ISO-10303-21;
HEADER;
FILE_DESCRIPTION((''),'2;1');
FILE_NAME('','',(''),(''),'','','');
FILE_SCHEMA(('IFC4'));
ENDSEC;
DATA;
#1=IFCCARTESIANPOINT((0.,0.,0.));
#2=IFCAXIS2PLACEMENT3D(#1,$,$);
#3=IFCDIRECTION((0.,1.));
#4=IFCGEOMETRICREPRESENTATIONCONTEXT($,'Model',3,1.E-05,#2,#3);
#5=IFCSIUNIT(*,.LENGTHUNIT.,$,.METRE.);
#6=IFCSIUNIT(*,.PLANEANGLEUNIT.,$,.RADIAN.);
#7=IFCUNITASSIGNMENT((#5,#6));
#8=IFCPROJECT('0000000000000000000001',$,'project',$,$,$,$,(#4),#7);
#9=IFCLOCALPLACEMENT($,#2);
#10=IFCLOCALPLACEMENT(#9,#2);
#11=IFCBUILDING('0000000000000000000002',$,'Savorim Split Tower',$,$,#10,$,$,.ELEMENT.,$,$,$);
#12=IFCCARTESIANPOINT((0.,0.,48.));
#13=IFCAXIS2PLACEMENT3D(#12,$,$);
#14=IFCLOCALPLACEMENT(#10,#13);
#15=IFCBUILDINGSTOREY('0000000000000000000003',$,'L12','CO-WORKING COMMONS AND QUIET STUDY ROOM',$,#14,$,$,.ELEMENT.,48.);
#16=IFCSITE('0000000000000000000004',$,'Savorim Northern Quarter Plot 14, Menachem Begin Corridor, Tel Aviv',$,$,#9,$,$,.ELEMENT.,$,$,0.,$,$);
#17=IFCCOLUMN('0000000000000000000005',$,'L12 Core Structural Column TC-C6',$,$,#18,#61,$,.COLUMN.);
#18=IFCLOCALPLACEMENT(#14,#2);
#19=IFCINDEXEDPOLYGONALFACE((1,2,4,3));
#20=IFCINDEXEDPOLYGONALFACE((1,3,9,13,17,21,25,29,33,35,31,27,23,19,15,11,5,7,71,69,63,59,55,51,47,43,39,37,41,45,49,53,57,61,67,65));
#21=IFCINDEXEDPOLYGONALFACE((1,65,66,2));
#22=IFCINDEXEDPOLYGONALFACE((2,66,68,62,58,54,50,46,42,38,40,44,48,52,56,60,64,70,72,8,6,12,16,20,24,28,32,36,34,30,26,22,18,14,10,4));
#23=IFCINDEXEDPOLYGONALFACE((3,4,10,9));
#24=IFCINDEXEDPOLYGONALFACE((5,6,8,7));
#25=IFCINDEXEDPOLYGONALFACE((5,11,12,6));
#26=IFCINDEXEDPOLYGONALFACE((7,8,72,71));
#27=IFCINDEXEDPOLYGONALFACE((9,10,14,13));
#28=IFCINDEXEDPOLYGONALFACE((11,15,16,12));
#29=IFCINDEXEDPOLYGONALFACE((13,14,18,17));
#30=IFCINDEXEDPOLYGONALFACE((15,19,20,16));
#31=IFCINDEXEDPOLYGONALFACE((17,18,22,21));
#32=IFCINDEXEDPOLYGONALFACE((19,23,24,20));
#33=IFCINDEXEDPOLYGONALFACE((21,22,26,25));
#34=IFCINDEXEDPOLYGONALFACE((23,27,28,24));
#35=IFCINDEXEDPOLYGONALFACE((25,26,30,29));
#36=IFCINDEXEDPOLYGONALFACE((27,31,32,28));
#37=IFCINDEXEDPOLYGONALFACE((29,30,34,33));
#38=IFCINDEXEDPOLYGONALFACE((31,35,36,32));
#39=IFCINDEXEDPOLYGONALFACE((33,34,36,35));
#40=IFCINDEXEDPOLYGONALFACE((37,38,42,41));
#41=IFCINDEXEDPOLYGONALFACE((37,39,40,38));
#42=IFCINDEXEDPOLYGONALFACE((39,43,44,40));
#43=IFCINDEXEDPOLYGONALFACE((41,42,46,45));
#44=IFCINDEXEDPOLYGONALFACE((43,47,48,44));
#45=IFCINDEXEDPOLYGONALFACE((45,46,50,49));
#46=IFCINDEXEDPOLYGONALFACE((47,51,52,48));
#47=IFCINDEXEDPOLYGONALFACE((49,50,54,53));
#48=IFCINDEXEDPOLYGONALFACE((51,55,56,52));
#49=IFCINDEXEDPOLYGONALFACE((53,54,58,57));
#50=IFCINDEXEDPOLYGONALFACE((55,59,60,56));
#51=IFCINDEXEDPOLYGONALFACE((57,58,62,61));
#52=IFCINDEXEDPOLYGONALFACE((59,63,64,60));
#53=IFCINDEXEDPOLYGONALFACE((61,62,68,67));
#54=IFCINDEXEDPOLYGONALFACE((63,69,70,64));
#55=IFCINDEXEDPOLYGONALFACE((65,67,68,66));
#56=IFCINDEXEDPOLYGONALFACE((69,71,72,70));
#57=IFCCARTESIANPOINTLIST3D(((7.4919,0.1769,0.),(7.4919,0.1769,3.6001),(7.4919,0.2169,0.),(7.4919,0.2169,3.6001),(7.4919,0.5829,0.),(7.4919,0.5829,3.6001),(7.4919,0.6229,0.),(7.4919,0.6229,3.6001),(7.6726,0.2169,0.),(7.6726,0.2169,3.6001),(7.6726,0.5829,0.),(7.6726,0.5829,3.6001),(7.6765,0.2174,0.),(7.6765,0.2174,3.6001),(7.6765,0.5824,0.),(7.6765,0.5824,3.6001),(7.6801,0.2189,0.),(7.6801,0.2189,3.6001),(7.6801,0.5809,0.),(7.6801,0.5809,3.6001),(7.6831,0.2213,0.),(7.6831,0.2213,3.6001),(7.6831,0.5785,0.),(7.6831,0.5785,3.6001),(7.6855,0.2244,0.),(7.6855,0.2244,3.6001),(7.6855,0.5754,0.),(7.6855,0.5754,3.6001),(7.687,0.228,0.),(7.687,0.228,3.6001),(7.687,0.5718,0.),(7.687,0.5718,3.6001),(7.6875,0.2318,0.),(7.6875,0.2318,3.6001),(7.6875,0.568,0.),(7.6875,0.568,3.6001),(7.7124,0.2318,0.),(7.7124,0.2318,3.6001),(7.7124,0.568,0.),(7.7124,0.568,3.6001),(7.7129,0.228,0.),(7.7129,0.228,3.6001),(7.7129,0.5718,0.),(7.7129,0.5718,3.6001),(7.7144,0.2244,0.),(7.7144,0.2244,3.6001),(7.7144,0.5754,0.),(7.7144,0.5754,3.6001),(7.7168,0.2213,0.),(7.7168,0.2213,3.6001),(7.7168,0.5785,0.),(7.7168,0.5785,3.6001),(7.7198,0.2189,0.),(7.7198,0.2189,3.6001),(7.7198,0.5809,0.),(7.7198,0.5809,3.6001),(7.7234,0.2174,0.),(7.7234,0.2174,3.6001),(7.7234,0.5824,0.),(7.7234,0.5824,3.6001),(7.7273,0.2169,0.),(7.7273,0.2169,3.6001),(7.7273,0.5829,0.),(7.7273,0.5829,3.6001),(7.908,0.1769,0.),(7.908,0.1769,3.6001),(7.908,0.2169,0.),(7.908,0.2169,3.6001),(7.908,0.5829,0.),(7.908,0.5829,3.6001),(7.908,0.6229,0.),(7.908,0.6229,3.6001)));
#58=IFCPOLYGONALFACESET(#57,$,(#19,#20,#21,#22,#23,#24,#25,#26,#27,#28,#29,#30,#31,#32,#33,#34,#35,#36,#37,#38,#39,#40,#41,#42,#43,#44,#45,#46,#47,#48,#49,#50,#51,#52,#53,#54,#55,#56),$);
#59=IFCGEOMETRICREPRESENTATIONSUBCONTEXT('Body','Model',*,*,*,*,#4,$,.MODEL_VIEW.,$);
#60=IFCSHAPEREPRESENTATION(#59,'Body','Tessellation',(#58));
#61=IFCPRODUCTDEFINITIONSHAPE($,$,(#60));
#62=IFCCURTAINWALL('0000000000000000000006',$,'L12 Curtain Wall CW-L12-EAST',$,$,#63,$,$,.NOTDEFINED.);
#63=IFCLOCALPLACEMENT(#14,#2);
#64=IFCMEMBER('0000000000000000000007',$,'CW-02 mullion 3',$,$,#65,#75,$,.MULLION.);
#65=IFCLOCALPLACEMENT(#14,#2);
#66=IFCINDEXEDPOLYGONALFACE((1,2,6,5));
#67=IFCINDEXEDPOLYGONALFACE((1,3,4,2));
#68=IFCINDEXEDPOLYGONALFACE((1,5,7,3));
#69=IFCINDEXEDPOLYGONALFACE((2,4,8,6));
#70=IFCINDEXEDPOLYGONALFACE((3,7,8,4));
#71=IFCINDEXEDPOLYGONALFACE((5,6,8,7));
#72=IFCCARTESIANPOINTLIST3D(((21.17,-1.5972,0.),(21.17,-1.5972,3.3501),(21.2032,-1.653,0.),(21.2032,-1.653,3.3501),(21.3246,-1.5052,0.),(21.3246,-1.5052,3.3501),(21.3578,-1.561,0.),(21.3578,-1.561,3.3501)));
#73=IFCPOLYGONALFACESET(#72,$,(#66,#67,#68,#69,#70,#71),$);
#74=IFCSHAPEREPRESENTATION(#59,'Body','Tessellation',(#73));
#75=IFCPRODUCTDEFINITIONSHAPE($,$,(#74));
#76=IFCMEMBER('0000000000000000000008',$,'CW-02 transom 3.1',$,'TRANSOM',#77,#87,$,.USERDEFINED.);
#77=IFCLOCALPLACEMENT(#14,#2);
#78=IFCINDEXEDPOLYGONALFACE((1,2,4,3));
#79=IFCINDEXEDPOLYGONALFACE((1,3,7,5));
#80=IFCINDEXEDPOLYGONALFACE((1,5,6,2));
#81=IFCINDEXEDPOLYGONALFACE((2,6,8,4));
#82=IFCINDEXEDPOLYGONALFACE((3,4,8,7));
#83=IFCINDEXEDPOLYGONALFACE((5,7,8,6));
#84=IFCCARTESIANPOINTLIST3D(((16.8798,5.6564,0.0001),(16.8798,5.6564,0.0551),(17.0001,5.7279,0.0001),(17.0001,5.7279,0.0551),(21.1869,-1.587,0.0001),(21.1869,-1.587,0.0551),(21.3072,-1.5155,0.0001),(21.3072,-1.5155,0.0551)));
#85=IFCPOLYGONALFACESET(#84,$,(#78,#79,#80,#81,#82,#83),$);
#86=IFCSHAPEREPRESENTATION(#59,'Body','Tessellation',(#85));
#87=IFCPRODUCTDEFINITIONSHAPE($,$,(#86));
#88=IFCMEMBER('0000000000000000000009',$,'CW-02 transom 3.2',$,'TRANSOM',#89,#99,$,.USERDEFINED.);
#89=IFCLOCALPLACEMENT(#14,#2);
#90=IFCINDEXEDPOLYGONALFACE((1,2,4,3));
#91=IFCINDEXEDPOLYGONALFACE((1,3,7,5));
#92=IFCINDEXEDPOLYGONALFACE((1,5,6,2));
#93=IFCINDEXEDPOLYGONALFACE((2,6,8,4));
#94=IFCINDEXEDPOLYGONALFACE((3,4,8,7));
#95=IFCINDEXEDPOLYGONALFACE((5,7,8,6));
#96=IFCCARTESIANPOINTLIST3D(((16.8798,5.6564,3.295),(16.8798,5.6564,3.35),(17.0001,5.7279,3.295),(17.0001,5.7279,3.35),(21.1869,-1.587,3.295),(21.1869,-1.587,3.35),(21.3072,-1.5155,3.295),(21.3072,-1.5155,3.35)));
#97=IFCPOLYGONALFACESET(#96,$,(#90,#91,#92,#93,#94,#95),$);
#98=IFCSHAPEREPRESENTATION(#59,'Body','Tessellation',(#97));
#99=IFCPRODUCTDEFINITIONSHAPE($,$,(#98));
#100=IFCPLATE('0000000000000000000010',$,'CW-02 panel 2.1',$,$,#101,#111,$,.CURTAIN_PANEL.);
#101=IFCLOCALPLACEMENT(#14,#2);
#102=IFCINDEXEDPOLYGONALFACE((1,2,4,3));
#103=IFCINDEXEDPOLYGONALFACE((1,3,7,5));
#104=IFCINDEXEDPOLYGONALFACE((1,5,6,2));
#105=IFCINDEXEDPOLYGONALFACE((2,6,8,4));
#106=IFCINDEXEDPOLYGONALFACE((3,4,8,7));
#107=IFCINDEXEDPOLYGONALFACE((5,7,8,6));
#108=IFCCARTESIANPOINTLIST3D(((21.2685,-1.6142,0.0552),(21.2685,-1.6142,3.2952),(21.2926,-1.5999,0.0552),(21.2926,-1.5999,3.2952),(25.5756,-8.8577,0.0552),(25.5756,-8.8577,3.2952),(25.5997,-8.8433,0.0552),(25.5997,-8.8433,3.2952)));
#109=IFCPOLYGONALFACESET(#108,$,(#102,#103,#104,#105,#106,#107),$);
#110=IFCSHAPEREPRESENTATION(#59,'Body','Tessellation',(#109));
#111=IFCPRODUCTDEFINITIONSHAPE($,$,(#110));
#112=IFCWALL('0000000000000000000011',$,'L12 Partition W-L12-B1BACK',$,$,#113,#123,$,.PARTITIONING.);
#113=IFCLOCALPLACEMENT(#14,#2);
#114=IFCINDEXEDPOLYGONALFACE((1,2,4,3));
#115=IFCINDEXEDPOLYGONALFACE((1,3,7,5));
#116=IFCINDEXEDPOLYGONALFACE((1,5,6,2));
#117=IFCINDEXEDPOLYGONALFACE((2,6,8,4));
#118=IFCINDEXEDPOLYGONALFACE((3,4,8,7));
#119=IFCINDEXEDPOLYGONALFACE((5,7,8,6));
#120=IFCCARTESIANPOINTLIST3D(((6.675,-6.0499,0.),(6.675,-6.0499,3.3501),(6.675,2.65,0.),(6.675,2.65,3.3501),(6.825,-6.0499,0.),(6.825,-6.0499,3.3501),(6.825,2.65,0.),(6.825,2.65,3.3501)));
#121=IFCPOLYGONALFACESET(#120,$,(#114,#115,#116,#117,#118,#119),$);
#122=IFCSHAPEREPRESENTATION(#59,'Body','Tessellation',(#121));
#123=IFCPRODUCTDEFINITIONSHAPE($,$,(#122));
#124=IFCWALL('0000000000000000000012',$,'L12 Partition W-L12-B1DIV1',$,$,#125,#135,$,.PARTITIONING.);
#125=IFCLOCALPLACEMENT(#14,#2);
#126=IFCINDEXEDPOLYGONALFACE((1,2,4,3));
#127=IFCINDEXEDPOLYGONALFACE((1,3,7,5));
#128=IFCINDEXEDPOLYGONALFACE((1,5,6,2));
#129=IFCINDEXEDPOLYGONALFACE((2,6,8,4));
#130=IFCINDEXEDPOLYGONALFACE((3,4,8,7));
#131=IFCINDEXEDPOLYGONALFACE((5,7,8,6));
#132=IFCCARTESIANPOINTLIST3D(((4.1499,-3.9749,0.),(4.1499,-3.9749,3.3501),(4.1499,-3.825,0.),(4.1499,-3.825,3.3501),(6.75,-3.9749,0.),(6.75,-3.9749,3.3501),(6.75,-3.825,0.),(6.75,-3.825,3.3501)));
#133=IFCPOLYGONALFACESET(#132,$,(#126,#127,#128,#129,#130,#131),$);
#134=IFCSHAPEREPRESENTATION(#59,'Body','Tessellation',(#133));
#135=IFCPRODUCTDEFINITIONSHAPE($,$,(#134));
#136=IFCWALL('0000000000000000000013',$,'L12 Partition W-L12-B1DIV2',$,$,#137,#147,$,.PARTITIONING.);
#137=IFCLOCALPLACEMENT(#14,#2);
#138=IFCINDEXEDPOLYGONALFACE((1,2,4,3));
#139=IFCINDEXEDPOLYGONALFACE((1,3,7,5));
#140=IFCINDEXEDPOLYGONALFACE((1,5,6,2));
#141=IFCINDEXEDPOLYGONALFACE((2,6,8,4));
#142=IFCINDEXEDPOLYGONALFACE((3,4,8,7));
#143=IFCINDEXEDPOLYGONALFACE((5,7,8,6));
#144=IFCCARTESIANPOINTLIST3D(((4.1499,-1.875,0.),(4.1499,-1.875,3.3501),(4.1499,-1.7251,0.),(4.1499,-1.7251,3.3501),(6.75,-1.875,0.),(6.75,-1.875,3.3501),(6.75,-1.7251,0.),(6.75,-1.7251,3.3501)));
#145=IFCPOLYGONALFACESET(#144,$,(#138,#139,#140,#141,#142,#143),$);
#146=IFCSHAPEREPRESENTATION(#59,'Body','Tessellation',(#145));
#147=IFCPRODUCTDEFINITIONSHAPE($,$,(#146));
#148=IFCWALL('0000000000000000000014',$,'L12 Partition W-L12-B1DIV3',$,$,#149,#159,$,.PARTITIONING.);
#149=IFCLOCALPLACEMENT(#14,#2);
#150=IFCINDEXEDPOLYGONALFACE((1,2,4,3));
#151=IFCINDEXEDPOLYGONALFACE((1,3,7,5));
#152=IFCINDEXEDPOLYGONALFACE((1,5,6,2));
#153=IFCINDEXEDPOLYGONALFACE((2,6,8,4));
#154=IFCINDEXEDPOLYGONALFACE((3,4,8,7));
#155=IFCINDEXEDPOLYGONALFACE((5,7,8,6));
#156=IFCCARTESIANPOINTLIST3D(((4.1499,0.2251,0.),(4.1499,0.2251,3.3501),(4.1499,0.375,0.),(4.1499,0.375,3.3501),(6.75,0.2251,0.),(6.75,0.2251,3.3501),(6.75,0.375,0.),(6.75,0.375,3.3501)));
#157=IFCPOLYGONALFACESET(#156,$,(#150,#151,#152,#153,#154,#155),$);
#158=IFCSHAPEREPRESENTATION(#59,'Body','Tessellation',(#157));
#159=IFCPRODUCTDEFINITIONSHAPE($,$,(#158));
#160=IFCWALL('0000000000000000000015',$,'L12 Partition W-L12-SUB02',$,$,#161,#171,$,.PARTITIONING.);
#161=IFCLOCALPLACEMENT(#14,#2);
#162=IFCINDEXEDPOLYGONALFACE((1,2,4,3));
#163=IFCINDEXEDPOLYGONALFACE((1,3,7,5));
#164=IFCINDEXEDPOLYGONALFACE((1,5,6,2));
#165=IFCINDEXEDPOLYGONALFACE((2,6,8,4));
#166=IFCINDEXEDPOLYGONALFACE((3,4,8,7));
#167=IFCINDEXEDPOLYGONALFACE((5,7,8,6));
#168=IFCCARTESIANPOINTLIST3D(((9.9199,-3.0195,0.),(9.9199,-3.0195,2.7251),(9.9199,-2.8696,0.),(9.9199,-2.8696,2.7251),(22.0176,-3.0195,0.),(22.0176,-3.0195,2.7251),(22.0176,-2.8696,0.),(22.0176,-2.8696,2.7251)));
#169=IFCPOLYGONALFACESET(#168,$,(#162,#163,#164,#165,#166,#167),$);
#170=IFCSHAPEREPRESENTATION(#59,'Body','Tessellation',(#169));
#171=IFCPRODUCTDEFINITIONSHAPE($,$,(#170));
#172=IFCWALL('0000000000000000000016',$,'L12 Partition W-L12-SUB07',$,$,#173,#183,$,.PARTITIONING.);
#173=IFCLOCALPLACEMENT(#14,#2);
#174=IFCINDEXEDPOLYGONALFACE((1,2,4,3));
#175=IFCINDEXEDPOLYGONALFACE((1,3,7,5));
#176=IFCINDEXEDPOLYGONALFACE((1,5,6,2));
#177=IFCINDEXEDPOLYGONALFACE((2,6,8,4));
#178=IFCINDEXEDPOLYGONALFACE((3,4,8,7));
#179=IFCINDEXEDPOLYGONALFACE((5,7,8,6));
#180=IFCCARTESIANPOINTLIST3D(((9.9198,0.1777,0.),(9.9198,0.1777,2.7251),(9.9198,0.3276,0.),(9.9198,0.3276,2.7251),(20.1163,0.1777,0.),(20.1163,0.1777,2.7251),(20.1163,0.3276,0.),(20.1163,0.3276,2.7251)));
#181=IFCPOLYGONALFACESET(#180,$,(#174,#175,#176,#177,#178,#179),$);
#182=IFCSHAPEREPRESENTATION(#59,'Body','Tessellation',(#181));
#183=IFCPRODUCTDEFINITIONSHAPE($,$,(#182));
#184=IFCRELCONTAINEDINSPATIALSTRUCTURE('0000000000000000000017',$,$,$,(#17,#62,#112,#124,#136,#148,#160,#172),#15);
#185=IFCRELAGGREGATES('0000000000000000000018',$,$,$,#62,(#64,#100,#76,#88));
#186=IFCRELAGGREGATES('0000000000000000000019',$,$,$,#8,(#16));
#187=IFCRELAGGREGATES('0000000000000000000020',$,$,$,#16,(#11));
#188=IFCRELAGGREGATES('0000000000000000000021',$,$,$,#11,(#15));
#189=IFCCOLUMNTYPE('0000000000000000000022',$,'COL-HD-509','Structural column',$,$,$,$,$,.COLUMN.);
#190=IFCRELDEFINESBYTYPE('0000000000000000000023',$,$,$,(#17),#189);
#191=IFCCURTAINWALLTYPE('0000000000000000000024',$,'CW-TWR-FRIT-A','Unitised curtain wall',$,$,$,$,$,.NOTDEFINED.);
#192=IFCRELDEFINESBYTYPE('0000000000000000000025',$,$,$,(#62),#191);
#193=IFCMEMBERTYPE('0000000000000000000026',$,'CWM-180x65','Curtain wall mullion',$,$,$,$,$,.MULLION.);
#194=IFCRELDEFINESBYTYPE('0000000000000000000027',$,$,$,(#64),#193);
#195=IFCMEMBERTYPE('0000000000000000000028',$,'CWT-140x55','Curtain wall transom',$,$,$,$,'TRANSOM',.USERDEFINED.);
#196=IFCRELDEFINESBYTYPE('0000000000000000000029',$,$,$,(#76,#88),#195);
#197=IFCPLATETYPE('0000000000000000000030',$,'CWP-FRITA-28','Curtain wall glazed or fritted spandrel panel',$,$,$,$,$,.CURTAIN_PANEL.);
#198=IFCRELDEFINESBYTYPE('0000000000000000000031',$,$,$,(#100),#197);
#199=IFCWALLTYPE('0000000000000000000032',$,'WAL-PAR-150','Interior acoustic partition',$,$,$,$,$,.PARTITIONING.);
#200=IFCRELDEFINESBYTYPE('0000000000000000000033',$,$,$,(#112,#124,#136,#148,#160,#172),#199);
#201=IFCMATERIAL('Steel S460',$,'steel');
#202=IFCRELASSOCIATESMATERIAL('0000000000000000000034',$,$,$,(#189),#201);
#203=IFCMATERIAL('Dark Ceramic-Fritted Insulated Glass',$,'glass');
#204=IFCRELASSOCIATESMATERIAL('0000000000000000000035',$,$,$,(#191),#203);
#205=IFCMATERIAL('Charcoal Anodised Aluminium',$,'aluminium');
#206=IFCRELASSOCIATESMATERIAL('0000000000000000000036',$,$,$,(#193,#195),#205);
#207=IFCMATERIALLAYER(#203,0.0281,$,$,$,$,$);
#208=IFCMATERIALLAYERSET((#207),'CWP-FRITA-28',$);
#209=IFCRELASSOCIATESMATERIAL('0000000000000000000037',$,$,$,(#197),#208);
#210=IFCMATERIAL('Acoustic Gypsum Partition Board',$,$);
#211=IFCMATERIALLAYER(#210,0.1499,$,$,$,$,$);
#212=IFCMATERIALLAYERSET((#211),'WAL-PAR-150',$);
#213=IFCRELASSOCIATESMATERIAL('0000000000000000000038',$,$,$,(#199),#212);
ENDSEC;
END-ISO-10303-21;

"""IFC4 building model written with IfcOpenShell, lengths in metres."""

from ifc_helpers import new_model, si_unit, direction, frame, frame_2d, origin, origin_2d, place, context, subcontext, project, spatial, rectangle, i_section, extrude, material, layer, layer_set, material_profile, profile_set, type_object, element, aggregate, save


model = new_model("IFC4")

# Units and contexts
model_context = context("Model", 3, precision=1e-05, world=origin(), true_north=direction((0.0, 1.0)))
body_context = subcontext(model_context, "Body", "Model", "MODEL_VIEW")
ifc_project = project(units=[si_unit("LENGTHUNIT", "METRE"), si_unit("PLANEANGLEUNIT", "RADIAN")], contexts=[model_context])

# Site, building, storey
site_placement = place(None, origin())
site = spatial("IfcSite", under=ifc_project, at=site_placement, Name="Savorim Northern Quarter Plot 14, Menachem Begin Corridor, Tel Aviv", CompositionType="ELEMENT", RefElevation=0.0)
building_placement = place(site_placement, origin())
building = spatial("IfcBuilding", under=site, at=building_placement, Name="Savorim Split Tower", CompositionType="ELEMENT")
storey_placement = place(building_placement, frame((0.0, 0.0, 48.0)))
storey = spatial("IfcBuildingStorey", under=building, at=storey_placement, Name="L12", Description="CO-WORKING COMMONS AND QUIET STUDY ROOM", CompositionType="ELEMENT", Elevation=48.0)

# Column
ifc_material_1 = material(Name="Steel S460", Category="steel")
ifc_material_profile_1 = material_profile(ifc_material_1, i_section(OverallWidth=0.416, OverallDepth=0.446, WebThickness=0.0249, FlangeThickness=0.04, FilletRadius=0.0149, at=origin_2d()), Name="HD 400x509")
ifc_profile_set_1 = profile_set([ifc_material_profile_1], Name="Steel S460")
column_type = type_object("IfcColumnType", Name="COL-HD-509", Description="Structural column", PredefinedType="COLUMN", material=ifc_profile_set_1)
column_placement = place(storey_placement, frame((7.7, 0.3999, 0.0), z_axis=(0.0, 0.0, 1.0), x_axis=(1.0, 0.0, 0.0)))
element("IfcColumn", 1, at=column_placement, inside=storey, type_object=column_type, Name="L12 Core Structural Column TC-C6", PredefinedType="COLUMN", context=body_context, shape_type="SweptSolid", body=[
    extrude(i_section(OverallWidth=0.416, OverallDepth=0.446, WebThickness=0.0249, FlangeThickness=0.04, FilletRadius=0.0149, at=origin_2d()), origin(), (0.0, 0.0, 1.0), 3.6001),
])

# Curtain wall, members, plate
ifc_material_2 = material(Name="Dark Ceramic-Fritted Insulated Glass", Category="glass")
curtain_wall_type = type_object("IfcCurtainWallType", Name="CW-TWR-FRIT-A", Description="Unitised curtain wall", PredefinedType="NOTDEFINED", material=ifc_material_2)
curtain_wall_placement = place(storey_placement, origin())
curtain_wall = element("IfcCurtainWall", 2, at=curtain_wall_placement, inside=storey, type_object=curtain_wall_type, Name="L12 Curtain Wall CW-L12-EAST", PredefinedType="NOTDEFINED")
ifc_material_3 = material(Name="Charcoal Anodised Aluminium", Category="aluminium")
ifc_material_profile_2 = material_profile(ifc_material_3, rectangle(XDim=0.1799, YDim=0.0649, at=origin_2d()), Name="ALU-M 180x65")
ifc_profile_set_2 = profile_set([ifc_material_profile_2], Name="Charcoal Anodised Aluminium")
member_type_1 = type_object("IfcMemberType", Name="CWM-180x65", Description="Curtain wall mullion", PredefinedType="MULLION", material=ifc_profile_set_2)
member_1_placement = place(storey_placement, frame((21.2639, -1.5791, 0.0), z_axis=(0.0, 0.0, 1.0), x_axis=(-0.859526, -0.511092, 0.0)))
member_1 = element("IfcMember", 3, at=member_1_placement, type_object=member_type_1, Name="CW-02 mullion 3", PredefinedType="MULLION", context=body_context, shape_type="SweptSolid", body=[
    extrude(rectangle(XDim=0.1799, YDim=0.0649, at=origin_2d()), origin(), (0.0, 0.0, 1.0), 3.3501),
])
ifc_material_profile_3 = material_profile(ifc_material_3, rectangle(XDim=0.1399, YDim=0.0549, at=origin_2d()), Name="ALU-T 140x55")
ifc_profile_set_3 = profile_set([ifc_material_profile_3], Name="Charcoal Anodised Aluminium")
member_type_2 = type_object("IfcMemberType", Name="CWT-140x55", Description="Curtain wall transom", ElementType="TRANSOM", PredefinedType="USERDEFINED", material=ifc_profile_set_3)
member_2_placement = place(storey_placement, frame((21.2471, -1.5513, 0.0276), z_axis=(-0.511096, 0.859524, 0.0), x_axis=(-0.859524, -0.511096, 0.0)))
member_2 = element("IfcMember", 4, at=member_2_placement, type_object=member_type_2, Name="CW-02 transom 3.1", ObjectType="TRANSOM", PredefinedType="USERDEFINED", context=body_context, shape_type="SweptSolid", body=[
    extrude(rectangle(XDim=0.1399, YDim=0.0549, at=origin_2d()), origin(), (0.0, 0.0, 1.0), 8.4272),
])
member_3_placement = place(storey_placement, frame((21.2471, -1.5513, 3.3225), z_axis=(-0.511096, 0.859524, 0.0), x_axis=(-0.859524, -0.511096, 0.0)))
member_3 = element("IfcMember", 5, at=member_3_placement, type_object=member_type_2, Name="CW-02 transom 3.2", ObjectType="TRANSOM", PredefinedType="USERDEFINED", context=body_context, shape_type="SweptSolid", body=[
    extrude(rectangle(XDim=0.1399, YDim=0.0549, at=origin_2d()), origin(), (0.0, 0.0, 1.0), 8.4272),
])
ifc_layer_1 = layer(ifc_material_2, 0.0281)
ifc_layer_set_1 = layer_set([ifc_layer_1], Name="CWP-FRITA-28")
plate_type = type_object("IfcPlateType", Name="CWP-FRITA-28", Description="Curtain wall glazed or fritted spandrel panel", PredefinedType="CURTAIN_PANEL", material=ifc_layer_set_1)
plate_placement = place(storey_placement, frame((23.4341, -5.2288, 0.0552), z_axis=(0.0, 0.0, 1.0), x_axis=(-0.511092, 0.859526, 0.0)))
plate = element("IfcPlate", 6, at=plate_placement, type_object=plate_type, Name="CW-02 panel 2.1", PredefinedType="CURTAIN_PANEL", context=body_context, shape_type="SweptSolid", body=[
    extrude(rectangle(XDim=8.4272, YDim=0.0281, at=origin_2d()), origin(), (0.0, 0.0, 1.0), 3.24),
])
aggregate(curtain_wall, [member_1, plate, member_2, member_3])

# Walls
ifc_material_4 = material(Name="Acoustic Gypsum Partition Board")
ifc_layer_2 = layer(ifc_material_4, 0.1499)
ifc_layer_set_2 = layer_set([ifc_layer_2], Name="WAL-PAR-150")
wall_type = type_object("IfcWallType", Name="WAL-PAR-150", Description="Interior acoustic partition", PredefinedType="PARTITIONING", material=ifc_layer_set_2)
wall_1_placement = place(storey_placement, frame((6.75, -6.05, 0.0), z_axis=(0.0, 0.0, 1.0), x_axis=(0.0, 1.0, 0.0)))
element("IfcWall", 7, at=wall_1_placement, inside=storey, type_object=wall_type, Name="L12 Partition W-L12-B1BACK", PredefinedType="PARTITIONING", context=body_context, shape_type="SweptSolid", body=[
    extrude(rectangle(XDim=8.7, YDim=0.1499, at=frame_2d((4.3501, 0.0))), origin(), (0.0, 0.0, 1.0), 3.3501),
])
for number, where, z_axis, x_axis, name in (
    (8, (4.1499, -3.8999, 0.0), (0.0, 0.0, 1.0), (1.0, 0.0, 0.0), "L12 Partition W-L12-B1DIV1"),
    (9, (4.1499, -1.8, 0.0), (0.0, 0.0, 1.0), (1.0, 0.0, 0.0), "L12 Partition W-L12-B1DIV2"),
    (10, (4.1499, 0.3, 0.0), (0.0, 0.0, 1.0), (1.0, 0.0, 0.0), "L12 Partition W-L12-B1DIV3"),
):
    element("IfcWall", number, at=place(storey_placement, frame(where, z_axis=z_axis, x_axis=x_axis)), inside=storey, type_object=wall_type, Name=name, PredefinedType="PARTITIONING", context=body_context, shape_type="SweptSolid", body=[
        extrude(rectangle(XDim=2.6001, YDim=0.1499, at=frame_2d((1.3, 0.0))), origin(), (0.0, 0.0, 1.0), 3.3501),
    ])
wall_2_placement = place(storey_placement, frame((9.9199, -2.9446, 0.0), z_axis=(0.0, 0.0, 1.0), x_axis=(1.0, 0.0, 0.0)))
element("IfcWall", 11, at=wall_2_placement, inside=storey, type_object=wall_type, Name="L12 Partition W-L12-SUB02", PredefinedType="PARTITIONING", context=body_context, shape_type="SweptSolid", body=[
    extrude(rectangle(XDim=12.0977, YDim=0.1499, at=frame_2d((6.0488, 0.0))), origin(), (0.0, 0.0, 1.0), 2.7251),
])
wall_3_placement = place(storey_placement, frame((9.9199, 0.2527, 0.0), z_axis=(0.0, 0.0, 1.0), x_axis=(1.0, 0.0, 0.0)))
element("IfcWall", 12, at=wall_3_placement, inside=storey, type_object=wall_type, Name="L12 Partition W-L12-SUB07", PredefinedType="PARTITIONING", context=body_context, shape_type="SweptSolid", body=[
    extrude(rectangle(XDim=10.1965, YDim=0.1499, at=frame_2d((5.0981, 0.0))), origin(), (0.0, 0.0, 1.0), 2.7251),
])

save(model, "model.ifc")
